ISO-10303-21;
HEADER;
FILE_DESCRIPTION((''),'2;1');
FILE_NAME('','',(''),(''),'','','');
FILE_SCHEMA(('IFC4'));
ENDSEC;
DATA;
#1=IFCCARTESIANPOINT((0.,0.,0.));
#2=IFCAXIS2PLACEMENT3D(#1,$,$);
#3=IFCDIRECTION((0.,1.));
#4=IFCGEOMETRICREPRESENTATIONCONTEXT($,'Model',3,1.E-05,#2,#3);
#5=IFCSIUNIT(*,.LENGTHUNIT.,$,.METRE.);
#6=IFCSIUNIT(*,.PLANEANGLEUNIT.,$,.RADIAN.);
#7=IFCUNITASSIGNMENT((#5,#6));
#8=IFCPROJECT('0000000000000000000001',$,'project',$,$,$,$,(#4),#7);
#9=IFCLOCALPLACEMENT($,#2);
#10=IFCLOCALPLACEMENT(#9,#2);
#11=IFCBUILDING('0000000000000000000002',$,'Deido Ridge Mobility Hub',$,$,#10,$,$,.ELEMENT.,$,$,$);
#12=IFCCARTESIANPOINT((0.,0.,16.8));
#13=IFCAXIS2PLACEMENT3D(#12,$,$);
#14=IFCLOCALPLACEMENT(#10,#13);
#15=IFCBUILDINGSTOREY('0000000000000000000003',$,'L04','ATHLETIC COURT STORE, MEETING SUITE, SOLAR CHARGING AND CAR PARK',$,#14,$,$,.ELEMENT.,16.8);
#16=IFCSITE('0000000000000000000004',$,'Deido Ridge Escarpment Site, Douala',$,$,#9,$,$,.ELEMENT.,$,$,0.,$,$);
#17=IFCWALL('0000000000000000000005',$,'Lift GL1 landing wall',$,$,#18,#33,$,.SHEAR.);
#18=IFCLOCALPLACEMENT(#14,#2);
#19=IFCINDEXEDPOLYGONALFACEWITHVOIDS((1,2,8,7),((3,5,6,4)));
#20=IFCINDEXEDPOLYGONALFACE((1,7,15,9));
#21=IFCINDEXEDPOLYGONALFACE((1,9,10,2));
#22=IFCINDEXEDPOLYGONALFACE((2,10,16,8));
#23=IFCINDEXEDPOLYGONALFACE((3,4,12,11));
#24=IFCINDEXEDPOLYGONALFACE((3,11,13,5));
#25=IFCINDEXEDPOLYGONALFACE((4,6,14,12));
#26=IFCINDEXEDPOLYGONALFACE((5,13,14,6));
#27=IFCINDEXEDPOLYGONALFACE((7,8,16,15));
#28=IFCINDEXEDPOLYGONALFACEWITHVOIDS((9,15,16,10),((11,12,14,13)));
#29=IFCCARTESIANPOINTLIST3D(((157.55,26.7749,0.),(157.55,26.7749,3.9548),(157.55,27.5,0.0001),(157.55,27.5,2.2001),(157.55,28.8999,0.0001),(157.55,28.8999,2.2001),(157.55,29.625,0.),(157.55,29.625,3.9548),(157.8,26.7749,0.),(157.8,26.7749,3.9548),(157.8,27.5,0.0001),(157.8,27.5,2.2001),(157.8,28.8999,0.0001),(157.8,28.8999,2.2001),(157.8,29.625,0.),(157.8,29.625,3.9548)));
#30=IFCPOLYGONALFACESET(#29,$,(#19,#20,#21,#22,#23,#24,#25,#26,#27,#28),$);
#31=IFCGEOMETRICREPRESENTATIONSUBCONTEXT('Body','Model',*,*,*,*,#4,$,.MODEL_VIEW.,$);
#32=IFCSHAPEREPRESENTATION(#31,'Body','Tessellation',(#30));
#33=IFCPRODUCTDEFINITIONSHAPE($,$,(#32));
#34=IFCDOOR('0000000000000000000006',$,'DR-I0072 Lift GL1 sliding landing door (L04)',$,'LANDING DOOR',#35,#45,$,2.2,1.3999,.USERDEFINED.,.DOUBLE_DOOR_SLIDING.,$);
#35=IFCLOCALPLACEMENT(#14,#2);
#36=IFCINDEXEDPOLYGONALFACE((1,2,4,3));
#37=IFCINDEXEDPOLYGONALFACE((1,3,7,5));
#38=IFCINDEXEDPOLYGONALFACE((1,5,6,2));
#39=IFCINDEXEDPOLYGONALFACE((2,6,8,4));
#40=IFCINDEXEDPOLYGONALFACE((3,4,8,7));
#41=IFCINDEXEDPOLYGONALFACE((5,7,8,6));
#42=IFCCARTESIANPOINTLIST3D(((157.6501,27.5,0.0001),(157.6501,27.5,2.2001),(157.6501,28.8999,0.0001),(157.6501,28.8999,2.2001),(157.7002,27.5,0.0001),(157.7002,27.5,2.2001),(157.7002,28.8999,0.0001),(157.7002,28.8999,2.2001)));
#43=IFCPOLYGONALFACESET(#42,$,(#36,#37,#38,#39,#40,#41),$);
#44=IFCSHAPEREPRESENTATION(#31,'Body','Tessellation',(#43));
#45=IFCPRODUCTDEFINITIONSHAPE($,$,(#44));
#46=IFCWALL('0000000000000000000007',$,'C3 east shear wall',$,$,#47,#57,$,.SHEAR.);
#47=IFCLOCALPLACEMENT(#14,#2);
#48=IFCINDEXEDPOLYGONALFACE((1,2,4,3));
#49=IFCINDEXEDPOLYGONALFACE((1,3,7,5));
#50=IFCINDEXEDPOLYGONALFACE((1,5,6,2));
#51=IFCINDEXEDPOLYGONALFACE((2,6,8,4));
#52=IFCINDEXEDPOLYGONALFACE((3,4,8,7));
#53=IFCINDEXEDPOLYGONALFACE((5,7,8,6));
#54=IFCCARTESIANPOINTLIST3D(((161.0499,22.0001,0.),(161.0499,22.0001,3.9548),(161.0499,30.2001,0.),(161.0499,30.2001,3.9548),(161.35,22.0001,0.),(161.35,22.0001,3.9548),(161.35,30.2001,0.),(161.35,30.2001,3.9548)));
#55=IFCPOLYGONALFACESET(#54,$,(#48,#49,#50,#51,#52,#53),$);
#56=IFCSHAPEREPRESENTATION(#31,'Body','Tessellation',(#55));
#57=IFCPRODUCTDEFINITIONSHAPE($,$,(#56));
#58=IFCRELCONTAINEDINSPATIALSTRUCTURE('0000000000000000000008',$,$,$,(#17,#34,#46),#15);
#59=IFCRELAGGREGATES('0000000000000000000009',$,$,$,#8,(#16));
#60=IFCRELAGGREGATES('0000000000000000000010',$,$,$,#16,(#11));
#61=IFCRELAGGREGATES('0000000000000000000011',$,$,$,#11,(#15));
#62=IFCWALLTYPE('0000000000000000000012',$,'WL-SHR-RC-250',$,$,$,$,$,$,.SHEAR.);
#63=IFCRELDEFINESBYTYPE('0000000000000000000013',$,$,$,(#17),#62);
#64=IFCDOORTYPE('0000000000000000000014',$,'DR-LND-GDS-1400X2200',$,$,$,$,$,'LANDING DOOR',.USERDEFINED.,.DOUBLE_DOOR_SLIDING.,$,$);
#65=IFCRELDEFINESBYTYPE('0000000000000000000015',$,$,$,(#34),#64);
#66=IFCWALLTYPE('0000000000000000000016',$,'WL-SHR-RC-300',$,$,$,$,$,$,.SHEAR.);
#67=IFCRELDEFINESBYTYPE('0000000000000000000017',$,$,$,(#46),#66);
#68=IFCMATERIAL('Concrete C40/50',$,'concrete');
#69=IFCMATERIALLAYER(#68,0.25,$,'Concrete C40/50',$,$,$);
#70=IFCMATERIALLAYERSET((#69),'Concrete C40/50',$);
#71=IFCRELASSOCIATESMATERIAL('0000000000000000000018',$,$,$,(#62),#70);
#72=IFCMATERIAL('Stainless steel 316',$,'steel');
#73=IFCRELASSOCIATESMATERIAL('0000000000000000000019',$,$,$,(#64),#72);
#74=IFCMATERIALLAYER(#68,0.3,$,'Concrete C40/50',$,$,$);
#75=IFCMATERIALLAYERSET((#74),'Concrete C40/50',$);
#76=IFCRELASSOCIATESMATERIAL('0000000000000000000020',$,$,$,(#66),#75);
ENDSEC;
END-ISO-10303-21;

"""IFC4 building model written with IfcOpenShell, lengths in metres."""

from ifc_helpers import new_model, si_unit, direction, frame, frame_2d, origin, place, context, subcontext, project, spatial, rectangle, extrude, material, layer, layer_set, type_object, element, fill, save


model = new_model("IFC4")

# Units and contexts
model_context = context("Model", 3, precision=1e-05, world=origin(), true_north=direction((0.0, 1.0)))
body_context = subcontext(model_context, "Body", "Model", "MODEL_VIEW")
ifc_project = project(units=[si_unit("LENGTHUNIT", "METRE"), si_unit("PLANEANGLEUNIT", "RADIAN")], contexts=[model_context])

# Site, building, storey
site_placement = place(None, origin())
site = spatial("IfcSite", under=ifc_project, at=site_placement, Name="Deido Ridge Escarpment Site, Douala", CompositionType="ELEMENT", RefElevation=0.0)
building_placement = place(site_placement, origin())
building = spatial("IfcBuilding", under=site, at=building_placement, Name="Deido Ridge Mobility Hub", CompositionType="ELEMENT")
storey_placement = place(building_placement, frame((0.0, 0.0, 16.8)))
storey = spatial("IfcBuildingStorey", under=building, at=storey_placement, Name="L04", Description="ATHLETIC COURT STORE, MEETING SUITE, SOLAR CHARGING AND CAR PARK", CompositionType="ELEMENT", Elevation=16.8)

# Shared definitions
ifc_material_1 = material(Name="Concrete C40/50", Category="concrete")
ifc_layer_1 = layer(ifc_material_1, 0.25, Name="Concrete C40/50")
ifc_layer_set_1 = layer_set([ifc_layer_1], Name="Concrete C40/50")
wall_type_1 = type_object("IfcWallType", Name="WL-SHR-RC-250", PredefinedType="SHEAR", material=ifc_layer_set_1)

# Shared definitions
ifc_material_2 = material(Name="Stainless steel 316", Category="steel")

# Wall, opening, door
wall_1_placement = place(storey_placement, frame((157.675, 26.7749, 0.0), z_axis=(0.0, 0.0, 1.0), x_axis=(0.0, 1.0, 0.0)))
wall_1 = element("IfcWall", 1, at=wall_1_placement, inside=storey, type_object=wall_type_1, Name="Lift GL1 landing wall", PredefinedType="SHEAR", context=body_context, shape_type="SweptSolid", body=[
    extrude(rectangle(XDim=2.8501, YDim=0.25, at=frame_2d((1.425, 0.0))), origin(), (0.0, 0.0, 1.0), 3.9548),
])
opening_1_placement = place(wall_1_placement, frame((0.7251, 0.0, 0.0)))
opening_1 = element("IfcOpeningElement", 2, at=opening_1_placement, cuts=wall_1, PredefinedType="OPENING", context=body_context, shape_type="SweptSolid", body=[
    extrude(rectangle(XDim=1.3999, YDim=2.2, at=frame_2d((0.7, 1.1001))), frame((0.0, 0.135, 0.0), z_axis=(0.0, -1.0, 0.0), x_axis=(1.0, 0.0, 0.0)), (0.0, 0.0, 1.0), 0.27),
])
door_type_1 = type_object("IfcDoorType", Name="DR-LND-GDS-1400X2200", ElementType="LANDING DOOR", OperationType="DOUBLE_DOOR_SLIDING", PredefinedType="USERDEFINED", material=ifc_material_2)
door_1_placement = place(opening_1_placement, origin())
door_1 = element("IfcDoor", 3, at=door_1_placement, inside=storey, type_object=door_type_1, Name="DR-I0072 Lift GL1 sliding landing door (L04)", ObjectType="LANDING DOOR", OperationType="DOUBLE_DOOR_SLIDING", OverallHeight=2.2, OverallWidth=1.3999, PredefinedType="USERDEFINED", context=body_context, shape_type="SweptSolid", body=[
    extrude(rectangle(XDim=1.3999, YDim=2.2, at=frame_2d((0.7, 1.1001))), frame((0.0, 0.0249, 0.0), z_axis=(0.0, -1.0, 0.0), x_axis=(1.0, 0.0, 0.0)), (0.0, 0.0, 1.0), 0.05),
])
fill(opening_1, door_1)

# Wall
ifc_layer_2 = layer(ifc_material_1, 0.3, Name="Concrete C40/50")
ifc_layer_set_2 = layer_set([ifc_layer_2], Name="Concrete C40/50")
wall_type_2 = type_object("IfcWallType", Name="WL-SHR-RC-300", PredefinedType="SHEAR", material=ifc_layer_set_2)
wall_2_placement = place(storey_placement, frame((161.2, 22.0, 0.0), z_axis=(0.0, 0.0, 1.0), x_axis=(0.0, 1.0, 0.0)))
element("IfcWall", 4, at=wall_2_placement, inside=storey, type_object=wall_type_2, Name="C3 east shear wall", PredefinedType="SHEAR", context=body_context, shape_type="SweptSolid", body=[
    extrude(rectangle(XDim=8.2, YDim=0.3, at=frame_2d((4.1001, 0.0))), origin(), (0.0, 0.0, 1.0), 3.9548),
])

save(model, "model.ifc")
